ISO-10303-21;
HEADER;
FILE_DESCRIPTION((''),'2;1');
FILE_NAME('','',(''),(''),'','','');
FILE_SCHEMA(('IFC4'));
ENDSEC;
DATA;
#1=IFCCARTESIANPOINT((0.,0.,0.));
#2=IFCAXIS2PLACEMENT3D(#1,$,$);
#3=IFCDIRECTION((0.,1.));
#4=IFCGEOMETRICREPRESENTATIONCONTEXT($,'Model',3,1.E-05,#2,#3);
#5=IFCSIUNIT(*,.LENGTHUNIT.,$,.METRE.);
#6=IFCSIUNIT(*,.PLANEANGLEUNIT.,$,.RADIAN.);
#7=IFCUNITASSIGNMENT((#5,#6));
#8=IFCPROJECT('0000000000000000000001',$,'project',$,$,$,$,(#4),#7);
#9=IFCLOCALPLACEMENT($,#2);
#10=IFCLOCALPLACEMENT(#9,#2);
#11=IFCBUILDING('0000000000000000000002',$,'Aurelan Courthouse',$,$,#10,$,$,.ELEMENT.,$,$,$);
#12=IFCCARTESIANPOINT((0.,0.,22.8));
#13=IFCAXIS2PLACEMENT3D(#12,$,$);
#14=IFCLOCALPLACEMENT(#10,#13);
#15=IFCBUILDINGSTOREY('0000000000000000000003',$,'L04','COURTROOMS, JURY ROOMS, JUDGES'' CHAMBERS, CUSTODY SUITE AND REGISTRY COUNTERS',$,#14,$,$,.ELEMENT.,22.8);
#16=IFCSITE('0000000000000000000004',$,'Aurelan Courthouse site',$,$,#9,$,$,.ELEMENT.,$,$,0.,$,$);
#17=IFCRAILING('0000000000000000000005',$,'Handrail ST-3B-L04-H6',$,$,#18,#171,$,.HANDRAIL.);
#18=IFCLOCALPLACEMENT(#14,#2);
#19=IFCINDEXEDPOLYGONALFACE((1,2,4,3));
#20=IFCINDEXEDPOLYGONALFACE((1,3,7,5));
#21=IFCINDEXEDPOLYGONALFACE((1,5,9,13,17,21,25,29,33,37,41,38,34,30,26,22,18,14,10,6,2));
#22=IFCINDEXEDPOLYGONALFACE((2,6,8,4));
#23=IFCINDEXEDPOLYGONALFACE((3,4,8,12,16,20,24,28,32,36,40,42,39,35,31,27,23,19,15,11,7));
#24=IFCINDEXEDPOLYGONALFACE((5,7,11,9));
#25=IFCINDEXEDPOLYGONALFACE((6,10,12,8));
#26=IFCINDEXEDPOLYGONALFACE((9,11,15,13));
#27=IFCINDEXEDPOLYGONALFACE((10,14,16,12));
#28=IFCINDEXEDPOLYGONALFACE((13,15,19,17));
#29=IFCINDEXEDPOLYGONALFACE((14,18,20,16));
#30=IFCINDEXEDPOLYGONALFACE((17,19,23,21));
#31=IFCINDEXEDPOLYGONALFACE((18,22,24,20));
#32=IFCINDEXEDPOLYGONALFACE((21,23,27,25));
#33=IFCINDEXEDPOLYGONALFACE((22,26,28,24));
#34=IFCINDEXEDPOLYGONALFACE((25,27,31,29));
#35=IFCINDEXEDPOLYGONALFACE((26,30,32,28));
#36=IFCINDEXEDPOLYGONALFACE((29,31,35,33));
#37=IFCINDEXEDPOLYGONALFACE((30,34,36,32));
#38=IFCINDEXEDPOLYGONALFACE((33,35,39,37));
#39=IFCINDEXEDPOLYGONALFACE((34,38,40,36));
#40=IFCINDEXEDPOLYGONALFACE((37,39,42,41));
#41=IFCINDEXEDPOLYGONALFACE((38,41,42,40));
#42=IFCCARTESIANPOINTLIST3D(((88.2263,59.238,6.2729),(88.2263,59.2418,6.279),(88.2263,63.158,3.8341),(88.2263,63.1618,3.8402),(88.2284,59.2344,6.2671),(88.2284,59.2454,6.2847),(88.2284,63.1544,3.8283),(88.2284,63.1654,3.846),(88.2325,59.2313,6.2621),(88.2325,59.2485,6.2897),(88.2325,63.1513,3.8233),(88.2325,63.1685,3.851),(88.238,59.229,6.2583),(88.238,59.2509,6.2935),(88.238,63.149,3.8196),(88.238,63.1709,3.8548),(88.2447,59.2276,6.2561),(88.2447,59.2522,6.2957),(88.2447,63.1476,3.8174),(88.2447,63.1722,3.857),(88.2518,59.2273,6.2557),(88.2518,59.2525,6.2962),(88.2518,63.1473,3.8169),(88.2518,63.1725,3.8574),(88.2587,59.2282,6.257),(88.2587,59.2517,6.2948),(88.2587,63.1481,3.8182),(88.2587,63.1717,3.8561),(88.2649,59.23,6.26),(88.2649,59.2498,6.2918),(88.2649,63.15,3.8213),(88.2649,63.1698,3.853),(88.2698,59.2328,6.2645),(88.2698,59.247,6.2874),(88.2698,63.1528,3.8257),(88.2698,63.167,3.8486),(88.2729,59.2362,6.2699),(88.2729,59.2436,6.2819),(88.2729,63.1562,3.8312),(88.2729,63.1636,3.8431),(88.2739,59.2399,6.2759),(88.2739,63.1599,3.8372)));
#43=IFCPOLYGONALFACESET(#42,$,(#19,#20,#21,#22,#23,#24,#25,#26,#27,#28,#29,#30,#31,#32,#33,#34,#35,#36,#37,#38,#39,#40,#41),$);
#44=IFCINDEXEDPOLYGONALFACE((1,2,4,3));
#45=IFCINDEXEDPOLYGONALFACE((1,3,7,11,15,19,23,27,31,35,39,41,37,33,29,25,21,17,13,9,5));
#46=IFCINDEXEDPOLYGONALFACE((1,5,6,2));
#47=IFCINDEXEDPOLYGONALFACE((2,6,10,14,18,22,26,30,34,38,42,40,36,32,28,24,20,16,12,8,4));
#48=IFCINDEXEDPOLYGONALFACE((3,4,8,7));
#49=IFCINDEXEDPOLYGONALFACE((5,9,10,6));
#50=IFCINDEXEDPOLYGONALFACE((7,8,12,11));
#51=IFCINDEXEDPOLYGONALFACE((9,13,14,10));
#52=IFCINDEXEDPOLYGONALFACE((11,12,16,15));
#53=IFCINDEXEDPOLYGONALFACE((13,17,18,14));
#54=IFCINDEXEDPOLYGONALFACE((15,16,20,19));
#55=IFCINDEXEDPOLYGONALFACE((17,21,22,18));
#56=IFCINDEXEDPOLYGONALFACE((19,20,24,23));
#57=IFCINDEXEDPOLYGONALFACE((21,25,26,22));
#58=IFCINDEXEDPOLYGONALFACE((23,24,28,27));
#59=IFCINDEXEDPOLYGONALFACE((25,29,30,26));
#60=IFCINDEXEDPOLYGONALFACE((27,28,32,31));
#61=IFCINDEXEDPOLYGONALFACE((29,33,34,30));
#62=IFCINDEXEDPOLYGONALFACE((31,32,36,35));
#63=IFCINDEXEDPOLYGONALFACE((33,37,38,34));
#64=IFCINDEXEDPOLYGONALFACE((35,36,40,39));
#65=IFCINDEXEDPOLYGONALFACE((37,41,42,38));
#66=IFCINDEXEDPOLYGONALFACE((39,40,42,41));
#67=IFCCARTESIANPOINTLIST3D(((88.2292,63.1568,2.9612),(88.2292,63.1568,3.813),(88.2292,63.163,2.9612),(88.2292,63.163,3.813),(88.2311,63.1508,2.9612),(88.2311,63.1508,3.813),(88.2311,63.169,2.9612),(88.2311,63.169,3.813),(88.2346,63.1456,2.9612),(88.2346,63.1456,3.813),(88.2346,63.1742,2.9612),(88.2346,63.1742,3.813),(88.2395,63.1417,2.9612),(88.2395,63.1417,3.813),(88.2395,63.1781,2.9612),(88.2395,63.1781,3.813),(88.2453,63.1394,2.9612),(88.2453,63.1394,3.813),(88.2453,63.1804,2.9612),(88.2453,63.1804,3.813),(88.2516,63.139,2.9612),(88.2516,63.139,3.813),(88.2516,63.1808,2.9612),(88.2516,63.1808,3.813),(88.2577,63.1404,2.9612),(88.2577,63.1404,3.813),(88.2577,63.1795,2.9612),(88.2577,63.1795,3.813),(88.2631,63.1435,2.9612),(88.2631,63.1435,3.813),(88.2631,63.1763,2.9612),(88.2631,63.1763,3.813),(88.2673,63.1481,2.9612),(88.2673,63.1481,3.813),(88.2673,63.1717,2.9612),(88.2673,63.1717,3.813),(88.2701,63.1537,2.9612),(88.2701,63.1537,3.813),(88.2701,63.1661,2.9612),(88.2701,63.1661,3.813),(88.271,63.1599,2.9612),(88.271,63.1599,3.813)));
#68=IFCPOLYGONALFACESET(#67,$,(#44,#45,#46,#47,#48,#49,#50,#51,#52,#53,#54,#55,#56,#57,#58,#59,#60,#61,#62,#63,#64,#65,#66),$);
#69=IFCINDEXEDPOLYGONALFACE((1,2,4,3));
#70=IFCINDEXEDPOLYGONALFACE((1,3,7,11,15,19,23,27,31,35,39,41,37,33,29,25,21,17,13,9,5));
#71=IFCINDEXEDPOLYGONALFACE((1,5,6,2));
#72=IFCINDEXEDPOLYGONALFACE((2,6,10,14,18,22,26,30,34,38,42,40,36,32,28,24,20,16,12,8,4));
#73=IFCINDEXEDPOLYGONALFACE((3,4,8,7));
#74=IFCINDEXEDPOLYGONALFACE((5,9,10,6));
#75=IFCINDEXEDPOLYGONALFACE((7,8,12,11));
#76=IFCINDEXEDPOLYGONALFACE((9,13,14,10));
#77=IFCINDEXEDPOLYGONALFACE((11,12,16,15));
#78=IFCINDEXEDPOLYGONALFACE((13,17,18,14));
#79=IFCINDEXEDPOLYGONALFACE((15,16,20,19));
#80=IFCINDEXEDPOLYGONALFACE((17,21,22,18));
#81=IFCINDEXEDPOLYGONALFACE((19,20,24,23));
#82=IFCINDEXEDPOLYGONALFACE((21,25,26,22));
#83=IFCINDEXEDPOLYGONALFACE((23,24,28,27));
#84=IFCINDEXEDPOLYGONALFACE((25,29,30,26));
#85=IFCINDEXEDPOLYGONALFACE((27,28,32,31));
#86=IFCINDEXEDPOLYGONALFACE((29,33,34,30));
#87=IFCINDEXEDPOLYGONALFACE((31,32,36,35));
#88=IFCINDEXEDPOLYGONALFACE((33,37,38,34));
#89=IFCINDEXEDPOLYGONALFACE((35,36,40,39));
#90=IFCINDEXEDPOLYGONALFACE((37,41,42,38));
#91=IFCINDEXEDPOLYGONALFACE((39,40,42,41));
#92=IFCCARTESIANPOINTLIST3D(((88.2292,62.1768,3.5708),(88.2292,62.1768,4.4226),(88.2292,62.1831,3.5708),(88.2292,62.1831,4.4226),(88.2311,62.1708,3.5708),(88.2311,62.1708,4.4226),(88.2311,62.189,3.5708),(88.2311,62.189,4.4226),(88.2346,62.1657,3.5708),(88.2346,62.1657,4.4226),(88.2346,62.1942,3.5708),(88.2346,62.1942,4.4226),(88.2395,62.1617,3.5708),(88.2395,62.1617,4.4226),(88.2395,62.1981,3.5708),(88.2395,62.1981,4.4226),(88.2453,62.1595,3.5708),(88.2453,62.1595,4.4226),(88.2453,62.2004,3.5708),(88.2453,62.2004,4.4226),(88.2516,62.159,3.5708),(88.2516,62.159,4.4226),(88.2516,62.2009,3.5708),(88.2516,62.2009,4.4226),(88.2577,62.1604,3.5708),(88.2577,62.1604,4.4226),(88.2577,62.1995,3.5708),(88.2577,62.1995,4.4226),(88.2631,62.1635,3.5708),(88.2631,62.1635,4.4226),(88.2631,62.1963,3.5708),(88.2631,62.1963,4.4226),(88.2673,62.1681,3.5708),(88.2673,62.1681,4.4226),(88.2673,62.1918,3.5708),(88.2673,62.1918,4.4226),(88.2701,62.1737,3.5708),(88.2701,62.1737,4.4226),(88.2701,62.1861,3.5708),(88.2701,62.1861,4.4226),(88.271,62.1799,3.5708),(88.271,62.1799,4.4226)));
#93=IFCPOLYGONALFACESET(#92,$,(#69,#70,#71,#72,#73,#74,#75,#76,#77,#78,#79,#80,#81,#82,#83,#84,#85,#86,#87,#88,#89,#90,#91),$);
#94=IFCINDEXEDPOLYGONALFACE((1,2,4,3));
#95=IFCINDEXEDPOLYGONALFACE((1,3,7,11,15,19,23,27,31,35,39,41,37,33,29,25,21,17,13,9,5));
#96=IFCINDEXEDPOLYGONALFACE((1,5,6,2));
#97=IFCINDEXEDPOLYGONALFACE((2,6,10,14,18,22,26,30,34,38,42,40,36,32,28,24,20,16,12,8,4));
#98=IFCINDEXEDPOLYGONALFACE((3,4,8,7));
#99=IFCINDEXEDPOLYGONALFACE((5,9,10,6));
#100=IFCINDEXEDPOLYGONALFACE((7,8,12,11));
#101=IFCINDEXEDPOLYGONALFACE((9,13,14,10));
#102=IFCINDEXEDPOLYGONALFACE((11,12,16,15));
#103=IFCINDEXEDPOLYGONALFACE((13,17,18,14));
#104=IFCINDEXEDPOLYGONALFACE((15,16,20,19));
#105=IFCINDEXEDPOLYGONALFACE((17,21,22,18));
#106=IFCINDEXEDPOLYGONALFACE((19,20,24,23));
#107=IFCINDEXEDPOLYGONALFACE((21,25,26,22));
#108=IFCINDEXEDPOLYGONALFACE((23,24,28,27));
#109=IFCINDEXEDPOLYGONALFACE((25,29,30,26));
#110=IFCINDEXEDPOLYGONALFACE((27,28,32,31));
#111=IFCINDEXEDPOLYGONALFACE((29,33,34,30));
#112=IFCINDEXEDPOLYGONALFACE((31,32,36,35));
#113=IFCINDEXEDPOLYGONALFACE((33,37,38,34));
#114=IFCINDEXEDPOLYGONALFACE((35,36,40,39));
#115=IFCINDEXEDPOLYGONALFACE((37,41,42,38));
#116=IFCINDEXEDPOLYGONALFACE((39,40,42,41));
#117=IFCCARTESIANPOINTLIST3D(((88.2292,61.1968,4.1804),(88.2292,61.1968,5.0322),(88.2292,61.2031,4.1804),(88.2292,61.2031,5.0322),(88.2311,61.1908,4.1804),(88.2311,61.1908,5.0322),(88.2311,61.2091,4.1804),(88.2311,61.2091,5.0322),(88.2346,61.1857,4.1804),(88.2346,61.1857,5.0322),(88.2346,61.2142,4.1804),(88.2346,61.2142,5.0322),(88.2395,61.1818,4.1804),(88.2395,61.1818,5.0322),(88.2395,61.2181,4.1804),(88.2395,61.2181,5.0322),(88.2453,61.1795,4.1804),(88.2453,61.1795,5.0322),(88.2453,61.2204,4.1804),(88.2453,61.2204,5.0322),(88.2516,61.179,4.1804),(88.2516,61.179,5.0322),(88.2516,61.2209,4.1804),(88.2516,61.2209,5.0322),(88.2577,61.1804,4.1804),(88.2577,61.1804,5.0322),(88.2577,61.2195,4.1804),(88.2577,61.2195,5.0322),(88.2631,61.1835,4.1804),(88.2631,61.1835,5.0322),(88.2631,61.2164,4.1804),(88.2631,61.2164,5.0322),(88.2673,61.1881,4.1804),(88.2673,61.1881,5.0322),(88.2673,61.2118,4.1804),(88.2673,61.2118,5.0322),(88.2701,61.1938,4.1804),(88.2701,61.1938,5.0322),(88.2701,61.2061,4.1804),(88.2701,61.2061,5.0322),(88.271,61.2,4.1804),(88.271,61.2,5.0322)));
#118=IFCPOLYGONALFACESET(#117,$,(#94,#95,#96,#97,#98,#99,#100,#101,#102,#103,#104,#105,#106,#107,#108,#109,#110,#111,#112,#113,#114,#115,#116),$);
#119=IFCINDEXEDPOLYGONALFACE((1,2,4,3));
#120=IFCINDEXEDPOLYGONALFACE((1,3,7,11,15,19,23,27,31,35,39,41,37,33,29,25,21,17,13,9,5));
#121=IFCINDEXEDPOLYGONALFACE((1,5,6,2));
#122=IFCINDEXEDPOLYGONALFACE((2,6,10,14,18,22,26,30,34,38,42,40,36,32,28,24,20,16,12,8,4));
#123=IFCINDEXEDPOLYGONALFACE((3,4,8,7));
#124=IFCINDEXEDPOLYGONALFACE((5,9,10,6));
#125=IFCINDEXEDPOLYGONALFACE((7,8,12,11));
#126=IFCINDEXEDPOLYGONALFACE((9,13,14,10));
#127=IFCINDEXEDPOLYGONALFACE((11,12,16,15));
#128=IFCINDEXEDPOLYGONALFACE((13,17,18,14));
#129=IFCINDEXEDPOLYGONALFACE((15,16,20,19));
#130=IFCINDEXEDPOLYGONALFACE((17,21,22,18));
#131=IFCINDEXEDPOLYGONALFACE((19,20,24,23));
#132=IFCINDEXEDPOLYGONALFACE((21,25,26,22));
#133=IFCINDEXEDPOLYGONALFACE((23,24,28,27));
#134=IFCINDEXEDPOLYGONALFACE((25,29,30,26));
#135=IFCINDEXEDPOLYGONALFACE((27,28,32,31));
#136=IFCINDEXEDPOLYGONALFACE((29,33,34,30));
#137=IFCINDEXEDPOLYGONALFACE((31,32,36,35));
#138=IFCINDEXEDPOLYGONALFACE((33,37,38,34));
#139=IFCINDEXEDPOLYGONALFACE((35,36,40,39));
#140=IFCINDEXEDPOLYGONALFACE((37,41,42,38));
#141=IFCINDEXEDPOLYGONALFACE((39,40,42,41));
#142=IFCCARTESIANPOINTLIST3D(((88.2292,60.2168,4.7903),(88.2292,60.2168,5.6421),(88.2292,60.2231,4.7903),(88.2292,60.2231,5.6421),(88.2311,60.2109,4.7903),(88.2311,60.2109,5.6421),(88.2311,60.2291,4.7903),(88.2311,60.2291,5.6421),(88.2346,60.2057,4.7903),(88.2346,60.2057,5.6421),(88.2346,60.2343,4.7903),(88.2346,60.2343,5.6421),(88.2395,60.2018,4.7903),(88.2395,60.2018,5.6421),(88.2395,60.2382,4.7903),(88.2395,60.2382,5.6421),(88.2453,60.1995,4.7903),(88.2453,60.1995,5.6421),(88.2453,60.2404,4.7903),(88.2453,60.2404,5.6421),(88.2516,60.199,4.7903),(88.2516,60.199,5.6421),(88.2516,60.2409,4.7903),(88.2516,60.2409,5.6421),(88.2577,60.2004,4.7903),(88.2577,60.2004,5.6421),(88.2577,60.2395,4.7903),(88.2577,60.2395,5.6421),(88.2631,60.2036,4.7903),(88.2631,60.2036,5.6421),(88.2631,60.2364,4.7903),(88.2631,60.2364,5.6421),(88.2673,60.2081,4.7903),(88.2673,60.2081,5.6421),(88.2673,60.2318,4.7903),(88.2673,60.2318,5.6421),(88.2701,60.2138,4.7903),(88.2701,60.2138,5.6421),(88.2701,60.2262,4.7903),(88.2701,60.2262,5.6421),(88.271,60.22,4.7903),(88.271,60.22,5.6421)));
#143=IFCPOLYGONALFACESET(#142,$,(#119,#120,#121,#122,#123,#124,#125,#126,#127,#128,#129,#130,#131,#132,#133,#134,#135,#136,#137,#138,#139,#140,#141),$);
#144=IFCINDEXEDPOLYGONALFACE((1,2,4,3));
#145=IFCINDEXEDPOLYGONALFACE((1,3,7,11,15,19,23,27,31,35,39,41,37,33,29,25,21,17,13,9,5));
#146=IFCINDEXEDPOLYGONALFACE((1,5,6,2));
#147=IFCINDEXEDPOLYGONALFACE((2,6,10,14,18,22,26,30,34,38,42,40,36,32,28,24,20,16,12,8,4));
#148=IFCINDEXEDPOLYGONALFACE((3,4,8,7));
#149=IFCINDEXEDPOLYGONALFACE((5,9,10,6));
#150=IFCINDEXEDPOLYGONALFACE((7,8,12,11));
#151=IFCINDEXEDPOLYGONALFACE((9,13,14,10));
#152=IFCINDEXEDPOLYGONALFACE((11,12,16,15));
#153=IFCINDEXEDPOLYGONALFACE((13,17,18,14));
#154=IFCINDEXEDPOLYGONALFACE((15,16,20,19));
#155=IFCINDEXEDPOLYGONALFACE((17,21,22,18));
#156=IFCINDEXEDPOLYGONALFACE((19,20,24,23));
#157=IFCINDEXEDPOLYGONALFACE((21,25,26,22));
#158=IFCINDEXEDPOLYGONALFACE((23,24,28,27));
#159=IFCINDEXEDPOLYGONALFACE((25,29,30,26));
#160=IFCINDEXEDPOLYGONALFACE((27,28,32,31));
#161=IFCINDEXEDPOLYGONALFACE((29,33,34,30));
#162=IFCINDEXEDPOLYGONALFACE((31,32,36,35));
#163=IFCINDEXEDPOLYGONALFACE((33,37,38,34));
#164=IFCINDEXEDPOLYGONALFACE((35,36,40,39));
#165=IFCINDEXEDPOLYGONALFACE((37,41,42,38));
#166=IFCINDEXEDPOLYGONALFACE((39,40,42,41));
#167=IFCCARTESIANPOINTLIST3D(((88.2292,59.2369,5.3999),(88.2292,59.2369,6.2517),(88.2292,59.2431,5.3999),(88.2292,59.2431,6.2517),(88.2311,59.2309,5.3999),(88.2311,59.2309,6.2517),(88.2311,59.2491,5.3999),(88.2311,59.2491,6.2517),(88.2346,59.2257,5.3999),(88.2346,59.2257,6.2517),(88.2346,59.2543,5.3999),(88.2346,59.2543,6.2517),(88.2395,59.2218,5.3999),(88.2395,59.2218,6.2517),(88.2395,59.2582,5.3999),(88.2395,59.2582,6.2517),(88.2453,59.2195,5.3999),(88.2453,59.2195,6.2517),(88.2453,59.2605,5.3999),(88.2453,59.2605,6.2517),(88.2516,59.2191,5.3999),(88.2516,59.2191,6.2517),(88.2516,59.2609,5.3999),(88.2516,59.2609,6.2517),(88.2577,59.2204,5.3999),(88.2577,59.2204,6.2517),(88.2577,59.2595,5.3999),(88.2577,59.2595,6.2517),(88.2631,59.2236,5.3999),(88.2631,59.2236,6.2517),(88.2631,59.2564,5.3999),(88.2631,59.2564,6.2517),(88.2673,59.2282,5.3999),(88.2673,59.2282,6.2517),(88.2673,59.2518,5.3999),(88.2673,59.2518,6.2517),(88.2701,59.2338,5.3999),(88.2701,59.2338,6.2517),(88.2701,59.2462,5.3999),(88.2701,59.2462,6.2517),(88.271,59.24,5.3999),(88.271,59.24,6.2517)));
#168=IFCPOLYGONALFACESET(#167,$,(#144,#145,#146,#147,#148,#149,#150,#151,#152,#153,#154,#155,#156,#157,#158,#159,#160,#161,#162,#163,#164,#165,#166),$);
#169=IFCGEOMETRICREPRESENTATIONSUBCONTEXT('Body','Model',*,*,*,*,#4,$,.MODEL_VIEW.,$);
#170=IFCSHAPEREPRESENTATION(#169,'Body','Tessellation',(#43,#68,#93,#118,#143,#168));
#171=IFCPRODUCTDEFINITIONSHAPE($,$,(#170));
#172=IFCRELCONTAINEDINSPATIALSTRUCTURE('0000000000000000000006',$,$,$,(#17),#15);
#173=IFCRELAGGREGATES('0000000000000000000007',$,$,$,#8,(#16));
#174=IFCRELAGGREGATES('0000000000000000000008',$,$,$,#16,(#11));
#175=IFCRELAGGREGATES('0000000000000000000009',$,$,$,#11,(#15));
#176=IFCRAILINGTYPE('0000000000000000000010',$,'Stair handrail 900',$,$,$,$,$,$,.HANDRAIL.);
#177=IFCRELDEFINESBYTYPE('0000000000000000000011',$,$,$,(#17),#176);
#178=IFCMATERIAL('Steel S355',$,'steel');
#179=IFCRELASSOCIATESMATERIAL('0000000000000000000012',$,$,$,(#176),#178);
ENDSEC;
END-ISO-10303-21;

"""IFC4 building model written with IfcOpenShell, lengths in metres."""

from ifc_helpers import new_model, si_unit, direction, frame, origin, origin_2d, place, context, subcontext, project, spatial, circle, extrude, material, type_object, element, save


model = new_model("IFC4")

# Units and contexts
model_context = context("Model", 3, precision=1e-05, world=origin(), true_north=direction((0.0, 1.0)))
body_context = subcontext(model_context, "Body", "Model", "MODEL_VIEW")
ifc_project = project(units=[si_unit("LENGTHUNIT", "METRE"), si_unit("PLANEANGLEUNIT", "RADIAN")], contexts=[model_context])

# Site, building, storey
site_placement = place(None, origin())
site = spatial("IfcSite", under=ifc_project, at=site_placement, Name="Aurelan Courthouse site", CompositionType="ELEMENT", RefElevation=0.0)
building_placement = place(site_placement, origin())
building = spatial("IfcBuilding", under=site, at=building_placement, Name="Aurelan Courthouse", CompositionType="ELEMENT")
storey_placement = place(building_placement, frame((0.0, 0.0, 22.8)))
storey = spatial("IfcBuildingStorey", under=building, at=storey_placement, Name="L04", Description="COURTROOMS, JURY ROOMS, JUDGES' CHAMBERS, CUSTODY SUITE AND REGISTRY COUNTERS", CompositionType="ELEMENT", Elevation=22.8)

# Railing
ifc_material_1 = material(Name="Steel S355", Category="steel")
railing_type_1 = type_object("IfcRailingType", Name="Stair handrail 900", PredefinedType="HANDRAIL", material=ifc_material_1)
for number, where, name in (
    (1, (88.25, 63.1599, 2.9612), "Handrail ST-3B-L04-H6"),
):
    element("IfcRailing", number, at=place(storey_placement, frame(where)), inside=storey, type_object=railing_type_1, Name=name, PredefinedType="HANDRAIL", context=body_context, shape_type="SweptSolid", body=[
        extrude(circle(Radius=0.0239, at=origin_2d()), frame((0.0, 0.0, 0.876), z_axis=(0.0, -0.84909, 0.528249), x_axis=(1.0, 0.0, 0.0)), (0.0, 0.0, 1.0), 4.6167),
        extrude(circle(Radius=0.021, at=origin_2d()), origin(), (0.0, 0.0, 1.0), 0.8518),
        extrude(circle(Radius=0.021, at=origin_2d()), frame((0.0, -0.98, 0.6096)), (0.0, 0.0, 1.0), 0.8518),
        extrude(circle(Radius=0.021, at=origin_2d()), frame((0.0, -1.96, 1.2192)), (0.0, 0.0, 1.0), 0.8518),
        extrude(circle(Radius=0.021, at=origin_2d()), frame((0.0, -2.9399, 1.8291)), (0.0, 0.0, 1.0), 0.8518),
        extrude(circle(Radius=0.021, at=origin_2d()), frame((0.0, -3.9199, 2.4387)), (0.0, 0.0, 1.0), 0.8518),
    ])

save(model, "model.ifc")
